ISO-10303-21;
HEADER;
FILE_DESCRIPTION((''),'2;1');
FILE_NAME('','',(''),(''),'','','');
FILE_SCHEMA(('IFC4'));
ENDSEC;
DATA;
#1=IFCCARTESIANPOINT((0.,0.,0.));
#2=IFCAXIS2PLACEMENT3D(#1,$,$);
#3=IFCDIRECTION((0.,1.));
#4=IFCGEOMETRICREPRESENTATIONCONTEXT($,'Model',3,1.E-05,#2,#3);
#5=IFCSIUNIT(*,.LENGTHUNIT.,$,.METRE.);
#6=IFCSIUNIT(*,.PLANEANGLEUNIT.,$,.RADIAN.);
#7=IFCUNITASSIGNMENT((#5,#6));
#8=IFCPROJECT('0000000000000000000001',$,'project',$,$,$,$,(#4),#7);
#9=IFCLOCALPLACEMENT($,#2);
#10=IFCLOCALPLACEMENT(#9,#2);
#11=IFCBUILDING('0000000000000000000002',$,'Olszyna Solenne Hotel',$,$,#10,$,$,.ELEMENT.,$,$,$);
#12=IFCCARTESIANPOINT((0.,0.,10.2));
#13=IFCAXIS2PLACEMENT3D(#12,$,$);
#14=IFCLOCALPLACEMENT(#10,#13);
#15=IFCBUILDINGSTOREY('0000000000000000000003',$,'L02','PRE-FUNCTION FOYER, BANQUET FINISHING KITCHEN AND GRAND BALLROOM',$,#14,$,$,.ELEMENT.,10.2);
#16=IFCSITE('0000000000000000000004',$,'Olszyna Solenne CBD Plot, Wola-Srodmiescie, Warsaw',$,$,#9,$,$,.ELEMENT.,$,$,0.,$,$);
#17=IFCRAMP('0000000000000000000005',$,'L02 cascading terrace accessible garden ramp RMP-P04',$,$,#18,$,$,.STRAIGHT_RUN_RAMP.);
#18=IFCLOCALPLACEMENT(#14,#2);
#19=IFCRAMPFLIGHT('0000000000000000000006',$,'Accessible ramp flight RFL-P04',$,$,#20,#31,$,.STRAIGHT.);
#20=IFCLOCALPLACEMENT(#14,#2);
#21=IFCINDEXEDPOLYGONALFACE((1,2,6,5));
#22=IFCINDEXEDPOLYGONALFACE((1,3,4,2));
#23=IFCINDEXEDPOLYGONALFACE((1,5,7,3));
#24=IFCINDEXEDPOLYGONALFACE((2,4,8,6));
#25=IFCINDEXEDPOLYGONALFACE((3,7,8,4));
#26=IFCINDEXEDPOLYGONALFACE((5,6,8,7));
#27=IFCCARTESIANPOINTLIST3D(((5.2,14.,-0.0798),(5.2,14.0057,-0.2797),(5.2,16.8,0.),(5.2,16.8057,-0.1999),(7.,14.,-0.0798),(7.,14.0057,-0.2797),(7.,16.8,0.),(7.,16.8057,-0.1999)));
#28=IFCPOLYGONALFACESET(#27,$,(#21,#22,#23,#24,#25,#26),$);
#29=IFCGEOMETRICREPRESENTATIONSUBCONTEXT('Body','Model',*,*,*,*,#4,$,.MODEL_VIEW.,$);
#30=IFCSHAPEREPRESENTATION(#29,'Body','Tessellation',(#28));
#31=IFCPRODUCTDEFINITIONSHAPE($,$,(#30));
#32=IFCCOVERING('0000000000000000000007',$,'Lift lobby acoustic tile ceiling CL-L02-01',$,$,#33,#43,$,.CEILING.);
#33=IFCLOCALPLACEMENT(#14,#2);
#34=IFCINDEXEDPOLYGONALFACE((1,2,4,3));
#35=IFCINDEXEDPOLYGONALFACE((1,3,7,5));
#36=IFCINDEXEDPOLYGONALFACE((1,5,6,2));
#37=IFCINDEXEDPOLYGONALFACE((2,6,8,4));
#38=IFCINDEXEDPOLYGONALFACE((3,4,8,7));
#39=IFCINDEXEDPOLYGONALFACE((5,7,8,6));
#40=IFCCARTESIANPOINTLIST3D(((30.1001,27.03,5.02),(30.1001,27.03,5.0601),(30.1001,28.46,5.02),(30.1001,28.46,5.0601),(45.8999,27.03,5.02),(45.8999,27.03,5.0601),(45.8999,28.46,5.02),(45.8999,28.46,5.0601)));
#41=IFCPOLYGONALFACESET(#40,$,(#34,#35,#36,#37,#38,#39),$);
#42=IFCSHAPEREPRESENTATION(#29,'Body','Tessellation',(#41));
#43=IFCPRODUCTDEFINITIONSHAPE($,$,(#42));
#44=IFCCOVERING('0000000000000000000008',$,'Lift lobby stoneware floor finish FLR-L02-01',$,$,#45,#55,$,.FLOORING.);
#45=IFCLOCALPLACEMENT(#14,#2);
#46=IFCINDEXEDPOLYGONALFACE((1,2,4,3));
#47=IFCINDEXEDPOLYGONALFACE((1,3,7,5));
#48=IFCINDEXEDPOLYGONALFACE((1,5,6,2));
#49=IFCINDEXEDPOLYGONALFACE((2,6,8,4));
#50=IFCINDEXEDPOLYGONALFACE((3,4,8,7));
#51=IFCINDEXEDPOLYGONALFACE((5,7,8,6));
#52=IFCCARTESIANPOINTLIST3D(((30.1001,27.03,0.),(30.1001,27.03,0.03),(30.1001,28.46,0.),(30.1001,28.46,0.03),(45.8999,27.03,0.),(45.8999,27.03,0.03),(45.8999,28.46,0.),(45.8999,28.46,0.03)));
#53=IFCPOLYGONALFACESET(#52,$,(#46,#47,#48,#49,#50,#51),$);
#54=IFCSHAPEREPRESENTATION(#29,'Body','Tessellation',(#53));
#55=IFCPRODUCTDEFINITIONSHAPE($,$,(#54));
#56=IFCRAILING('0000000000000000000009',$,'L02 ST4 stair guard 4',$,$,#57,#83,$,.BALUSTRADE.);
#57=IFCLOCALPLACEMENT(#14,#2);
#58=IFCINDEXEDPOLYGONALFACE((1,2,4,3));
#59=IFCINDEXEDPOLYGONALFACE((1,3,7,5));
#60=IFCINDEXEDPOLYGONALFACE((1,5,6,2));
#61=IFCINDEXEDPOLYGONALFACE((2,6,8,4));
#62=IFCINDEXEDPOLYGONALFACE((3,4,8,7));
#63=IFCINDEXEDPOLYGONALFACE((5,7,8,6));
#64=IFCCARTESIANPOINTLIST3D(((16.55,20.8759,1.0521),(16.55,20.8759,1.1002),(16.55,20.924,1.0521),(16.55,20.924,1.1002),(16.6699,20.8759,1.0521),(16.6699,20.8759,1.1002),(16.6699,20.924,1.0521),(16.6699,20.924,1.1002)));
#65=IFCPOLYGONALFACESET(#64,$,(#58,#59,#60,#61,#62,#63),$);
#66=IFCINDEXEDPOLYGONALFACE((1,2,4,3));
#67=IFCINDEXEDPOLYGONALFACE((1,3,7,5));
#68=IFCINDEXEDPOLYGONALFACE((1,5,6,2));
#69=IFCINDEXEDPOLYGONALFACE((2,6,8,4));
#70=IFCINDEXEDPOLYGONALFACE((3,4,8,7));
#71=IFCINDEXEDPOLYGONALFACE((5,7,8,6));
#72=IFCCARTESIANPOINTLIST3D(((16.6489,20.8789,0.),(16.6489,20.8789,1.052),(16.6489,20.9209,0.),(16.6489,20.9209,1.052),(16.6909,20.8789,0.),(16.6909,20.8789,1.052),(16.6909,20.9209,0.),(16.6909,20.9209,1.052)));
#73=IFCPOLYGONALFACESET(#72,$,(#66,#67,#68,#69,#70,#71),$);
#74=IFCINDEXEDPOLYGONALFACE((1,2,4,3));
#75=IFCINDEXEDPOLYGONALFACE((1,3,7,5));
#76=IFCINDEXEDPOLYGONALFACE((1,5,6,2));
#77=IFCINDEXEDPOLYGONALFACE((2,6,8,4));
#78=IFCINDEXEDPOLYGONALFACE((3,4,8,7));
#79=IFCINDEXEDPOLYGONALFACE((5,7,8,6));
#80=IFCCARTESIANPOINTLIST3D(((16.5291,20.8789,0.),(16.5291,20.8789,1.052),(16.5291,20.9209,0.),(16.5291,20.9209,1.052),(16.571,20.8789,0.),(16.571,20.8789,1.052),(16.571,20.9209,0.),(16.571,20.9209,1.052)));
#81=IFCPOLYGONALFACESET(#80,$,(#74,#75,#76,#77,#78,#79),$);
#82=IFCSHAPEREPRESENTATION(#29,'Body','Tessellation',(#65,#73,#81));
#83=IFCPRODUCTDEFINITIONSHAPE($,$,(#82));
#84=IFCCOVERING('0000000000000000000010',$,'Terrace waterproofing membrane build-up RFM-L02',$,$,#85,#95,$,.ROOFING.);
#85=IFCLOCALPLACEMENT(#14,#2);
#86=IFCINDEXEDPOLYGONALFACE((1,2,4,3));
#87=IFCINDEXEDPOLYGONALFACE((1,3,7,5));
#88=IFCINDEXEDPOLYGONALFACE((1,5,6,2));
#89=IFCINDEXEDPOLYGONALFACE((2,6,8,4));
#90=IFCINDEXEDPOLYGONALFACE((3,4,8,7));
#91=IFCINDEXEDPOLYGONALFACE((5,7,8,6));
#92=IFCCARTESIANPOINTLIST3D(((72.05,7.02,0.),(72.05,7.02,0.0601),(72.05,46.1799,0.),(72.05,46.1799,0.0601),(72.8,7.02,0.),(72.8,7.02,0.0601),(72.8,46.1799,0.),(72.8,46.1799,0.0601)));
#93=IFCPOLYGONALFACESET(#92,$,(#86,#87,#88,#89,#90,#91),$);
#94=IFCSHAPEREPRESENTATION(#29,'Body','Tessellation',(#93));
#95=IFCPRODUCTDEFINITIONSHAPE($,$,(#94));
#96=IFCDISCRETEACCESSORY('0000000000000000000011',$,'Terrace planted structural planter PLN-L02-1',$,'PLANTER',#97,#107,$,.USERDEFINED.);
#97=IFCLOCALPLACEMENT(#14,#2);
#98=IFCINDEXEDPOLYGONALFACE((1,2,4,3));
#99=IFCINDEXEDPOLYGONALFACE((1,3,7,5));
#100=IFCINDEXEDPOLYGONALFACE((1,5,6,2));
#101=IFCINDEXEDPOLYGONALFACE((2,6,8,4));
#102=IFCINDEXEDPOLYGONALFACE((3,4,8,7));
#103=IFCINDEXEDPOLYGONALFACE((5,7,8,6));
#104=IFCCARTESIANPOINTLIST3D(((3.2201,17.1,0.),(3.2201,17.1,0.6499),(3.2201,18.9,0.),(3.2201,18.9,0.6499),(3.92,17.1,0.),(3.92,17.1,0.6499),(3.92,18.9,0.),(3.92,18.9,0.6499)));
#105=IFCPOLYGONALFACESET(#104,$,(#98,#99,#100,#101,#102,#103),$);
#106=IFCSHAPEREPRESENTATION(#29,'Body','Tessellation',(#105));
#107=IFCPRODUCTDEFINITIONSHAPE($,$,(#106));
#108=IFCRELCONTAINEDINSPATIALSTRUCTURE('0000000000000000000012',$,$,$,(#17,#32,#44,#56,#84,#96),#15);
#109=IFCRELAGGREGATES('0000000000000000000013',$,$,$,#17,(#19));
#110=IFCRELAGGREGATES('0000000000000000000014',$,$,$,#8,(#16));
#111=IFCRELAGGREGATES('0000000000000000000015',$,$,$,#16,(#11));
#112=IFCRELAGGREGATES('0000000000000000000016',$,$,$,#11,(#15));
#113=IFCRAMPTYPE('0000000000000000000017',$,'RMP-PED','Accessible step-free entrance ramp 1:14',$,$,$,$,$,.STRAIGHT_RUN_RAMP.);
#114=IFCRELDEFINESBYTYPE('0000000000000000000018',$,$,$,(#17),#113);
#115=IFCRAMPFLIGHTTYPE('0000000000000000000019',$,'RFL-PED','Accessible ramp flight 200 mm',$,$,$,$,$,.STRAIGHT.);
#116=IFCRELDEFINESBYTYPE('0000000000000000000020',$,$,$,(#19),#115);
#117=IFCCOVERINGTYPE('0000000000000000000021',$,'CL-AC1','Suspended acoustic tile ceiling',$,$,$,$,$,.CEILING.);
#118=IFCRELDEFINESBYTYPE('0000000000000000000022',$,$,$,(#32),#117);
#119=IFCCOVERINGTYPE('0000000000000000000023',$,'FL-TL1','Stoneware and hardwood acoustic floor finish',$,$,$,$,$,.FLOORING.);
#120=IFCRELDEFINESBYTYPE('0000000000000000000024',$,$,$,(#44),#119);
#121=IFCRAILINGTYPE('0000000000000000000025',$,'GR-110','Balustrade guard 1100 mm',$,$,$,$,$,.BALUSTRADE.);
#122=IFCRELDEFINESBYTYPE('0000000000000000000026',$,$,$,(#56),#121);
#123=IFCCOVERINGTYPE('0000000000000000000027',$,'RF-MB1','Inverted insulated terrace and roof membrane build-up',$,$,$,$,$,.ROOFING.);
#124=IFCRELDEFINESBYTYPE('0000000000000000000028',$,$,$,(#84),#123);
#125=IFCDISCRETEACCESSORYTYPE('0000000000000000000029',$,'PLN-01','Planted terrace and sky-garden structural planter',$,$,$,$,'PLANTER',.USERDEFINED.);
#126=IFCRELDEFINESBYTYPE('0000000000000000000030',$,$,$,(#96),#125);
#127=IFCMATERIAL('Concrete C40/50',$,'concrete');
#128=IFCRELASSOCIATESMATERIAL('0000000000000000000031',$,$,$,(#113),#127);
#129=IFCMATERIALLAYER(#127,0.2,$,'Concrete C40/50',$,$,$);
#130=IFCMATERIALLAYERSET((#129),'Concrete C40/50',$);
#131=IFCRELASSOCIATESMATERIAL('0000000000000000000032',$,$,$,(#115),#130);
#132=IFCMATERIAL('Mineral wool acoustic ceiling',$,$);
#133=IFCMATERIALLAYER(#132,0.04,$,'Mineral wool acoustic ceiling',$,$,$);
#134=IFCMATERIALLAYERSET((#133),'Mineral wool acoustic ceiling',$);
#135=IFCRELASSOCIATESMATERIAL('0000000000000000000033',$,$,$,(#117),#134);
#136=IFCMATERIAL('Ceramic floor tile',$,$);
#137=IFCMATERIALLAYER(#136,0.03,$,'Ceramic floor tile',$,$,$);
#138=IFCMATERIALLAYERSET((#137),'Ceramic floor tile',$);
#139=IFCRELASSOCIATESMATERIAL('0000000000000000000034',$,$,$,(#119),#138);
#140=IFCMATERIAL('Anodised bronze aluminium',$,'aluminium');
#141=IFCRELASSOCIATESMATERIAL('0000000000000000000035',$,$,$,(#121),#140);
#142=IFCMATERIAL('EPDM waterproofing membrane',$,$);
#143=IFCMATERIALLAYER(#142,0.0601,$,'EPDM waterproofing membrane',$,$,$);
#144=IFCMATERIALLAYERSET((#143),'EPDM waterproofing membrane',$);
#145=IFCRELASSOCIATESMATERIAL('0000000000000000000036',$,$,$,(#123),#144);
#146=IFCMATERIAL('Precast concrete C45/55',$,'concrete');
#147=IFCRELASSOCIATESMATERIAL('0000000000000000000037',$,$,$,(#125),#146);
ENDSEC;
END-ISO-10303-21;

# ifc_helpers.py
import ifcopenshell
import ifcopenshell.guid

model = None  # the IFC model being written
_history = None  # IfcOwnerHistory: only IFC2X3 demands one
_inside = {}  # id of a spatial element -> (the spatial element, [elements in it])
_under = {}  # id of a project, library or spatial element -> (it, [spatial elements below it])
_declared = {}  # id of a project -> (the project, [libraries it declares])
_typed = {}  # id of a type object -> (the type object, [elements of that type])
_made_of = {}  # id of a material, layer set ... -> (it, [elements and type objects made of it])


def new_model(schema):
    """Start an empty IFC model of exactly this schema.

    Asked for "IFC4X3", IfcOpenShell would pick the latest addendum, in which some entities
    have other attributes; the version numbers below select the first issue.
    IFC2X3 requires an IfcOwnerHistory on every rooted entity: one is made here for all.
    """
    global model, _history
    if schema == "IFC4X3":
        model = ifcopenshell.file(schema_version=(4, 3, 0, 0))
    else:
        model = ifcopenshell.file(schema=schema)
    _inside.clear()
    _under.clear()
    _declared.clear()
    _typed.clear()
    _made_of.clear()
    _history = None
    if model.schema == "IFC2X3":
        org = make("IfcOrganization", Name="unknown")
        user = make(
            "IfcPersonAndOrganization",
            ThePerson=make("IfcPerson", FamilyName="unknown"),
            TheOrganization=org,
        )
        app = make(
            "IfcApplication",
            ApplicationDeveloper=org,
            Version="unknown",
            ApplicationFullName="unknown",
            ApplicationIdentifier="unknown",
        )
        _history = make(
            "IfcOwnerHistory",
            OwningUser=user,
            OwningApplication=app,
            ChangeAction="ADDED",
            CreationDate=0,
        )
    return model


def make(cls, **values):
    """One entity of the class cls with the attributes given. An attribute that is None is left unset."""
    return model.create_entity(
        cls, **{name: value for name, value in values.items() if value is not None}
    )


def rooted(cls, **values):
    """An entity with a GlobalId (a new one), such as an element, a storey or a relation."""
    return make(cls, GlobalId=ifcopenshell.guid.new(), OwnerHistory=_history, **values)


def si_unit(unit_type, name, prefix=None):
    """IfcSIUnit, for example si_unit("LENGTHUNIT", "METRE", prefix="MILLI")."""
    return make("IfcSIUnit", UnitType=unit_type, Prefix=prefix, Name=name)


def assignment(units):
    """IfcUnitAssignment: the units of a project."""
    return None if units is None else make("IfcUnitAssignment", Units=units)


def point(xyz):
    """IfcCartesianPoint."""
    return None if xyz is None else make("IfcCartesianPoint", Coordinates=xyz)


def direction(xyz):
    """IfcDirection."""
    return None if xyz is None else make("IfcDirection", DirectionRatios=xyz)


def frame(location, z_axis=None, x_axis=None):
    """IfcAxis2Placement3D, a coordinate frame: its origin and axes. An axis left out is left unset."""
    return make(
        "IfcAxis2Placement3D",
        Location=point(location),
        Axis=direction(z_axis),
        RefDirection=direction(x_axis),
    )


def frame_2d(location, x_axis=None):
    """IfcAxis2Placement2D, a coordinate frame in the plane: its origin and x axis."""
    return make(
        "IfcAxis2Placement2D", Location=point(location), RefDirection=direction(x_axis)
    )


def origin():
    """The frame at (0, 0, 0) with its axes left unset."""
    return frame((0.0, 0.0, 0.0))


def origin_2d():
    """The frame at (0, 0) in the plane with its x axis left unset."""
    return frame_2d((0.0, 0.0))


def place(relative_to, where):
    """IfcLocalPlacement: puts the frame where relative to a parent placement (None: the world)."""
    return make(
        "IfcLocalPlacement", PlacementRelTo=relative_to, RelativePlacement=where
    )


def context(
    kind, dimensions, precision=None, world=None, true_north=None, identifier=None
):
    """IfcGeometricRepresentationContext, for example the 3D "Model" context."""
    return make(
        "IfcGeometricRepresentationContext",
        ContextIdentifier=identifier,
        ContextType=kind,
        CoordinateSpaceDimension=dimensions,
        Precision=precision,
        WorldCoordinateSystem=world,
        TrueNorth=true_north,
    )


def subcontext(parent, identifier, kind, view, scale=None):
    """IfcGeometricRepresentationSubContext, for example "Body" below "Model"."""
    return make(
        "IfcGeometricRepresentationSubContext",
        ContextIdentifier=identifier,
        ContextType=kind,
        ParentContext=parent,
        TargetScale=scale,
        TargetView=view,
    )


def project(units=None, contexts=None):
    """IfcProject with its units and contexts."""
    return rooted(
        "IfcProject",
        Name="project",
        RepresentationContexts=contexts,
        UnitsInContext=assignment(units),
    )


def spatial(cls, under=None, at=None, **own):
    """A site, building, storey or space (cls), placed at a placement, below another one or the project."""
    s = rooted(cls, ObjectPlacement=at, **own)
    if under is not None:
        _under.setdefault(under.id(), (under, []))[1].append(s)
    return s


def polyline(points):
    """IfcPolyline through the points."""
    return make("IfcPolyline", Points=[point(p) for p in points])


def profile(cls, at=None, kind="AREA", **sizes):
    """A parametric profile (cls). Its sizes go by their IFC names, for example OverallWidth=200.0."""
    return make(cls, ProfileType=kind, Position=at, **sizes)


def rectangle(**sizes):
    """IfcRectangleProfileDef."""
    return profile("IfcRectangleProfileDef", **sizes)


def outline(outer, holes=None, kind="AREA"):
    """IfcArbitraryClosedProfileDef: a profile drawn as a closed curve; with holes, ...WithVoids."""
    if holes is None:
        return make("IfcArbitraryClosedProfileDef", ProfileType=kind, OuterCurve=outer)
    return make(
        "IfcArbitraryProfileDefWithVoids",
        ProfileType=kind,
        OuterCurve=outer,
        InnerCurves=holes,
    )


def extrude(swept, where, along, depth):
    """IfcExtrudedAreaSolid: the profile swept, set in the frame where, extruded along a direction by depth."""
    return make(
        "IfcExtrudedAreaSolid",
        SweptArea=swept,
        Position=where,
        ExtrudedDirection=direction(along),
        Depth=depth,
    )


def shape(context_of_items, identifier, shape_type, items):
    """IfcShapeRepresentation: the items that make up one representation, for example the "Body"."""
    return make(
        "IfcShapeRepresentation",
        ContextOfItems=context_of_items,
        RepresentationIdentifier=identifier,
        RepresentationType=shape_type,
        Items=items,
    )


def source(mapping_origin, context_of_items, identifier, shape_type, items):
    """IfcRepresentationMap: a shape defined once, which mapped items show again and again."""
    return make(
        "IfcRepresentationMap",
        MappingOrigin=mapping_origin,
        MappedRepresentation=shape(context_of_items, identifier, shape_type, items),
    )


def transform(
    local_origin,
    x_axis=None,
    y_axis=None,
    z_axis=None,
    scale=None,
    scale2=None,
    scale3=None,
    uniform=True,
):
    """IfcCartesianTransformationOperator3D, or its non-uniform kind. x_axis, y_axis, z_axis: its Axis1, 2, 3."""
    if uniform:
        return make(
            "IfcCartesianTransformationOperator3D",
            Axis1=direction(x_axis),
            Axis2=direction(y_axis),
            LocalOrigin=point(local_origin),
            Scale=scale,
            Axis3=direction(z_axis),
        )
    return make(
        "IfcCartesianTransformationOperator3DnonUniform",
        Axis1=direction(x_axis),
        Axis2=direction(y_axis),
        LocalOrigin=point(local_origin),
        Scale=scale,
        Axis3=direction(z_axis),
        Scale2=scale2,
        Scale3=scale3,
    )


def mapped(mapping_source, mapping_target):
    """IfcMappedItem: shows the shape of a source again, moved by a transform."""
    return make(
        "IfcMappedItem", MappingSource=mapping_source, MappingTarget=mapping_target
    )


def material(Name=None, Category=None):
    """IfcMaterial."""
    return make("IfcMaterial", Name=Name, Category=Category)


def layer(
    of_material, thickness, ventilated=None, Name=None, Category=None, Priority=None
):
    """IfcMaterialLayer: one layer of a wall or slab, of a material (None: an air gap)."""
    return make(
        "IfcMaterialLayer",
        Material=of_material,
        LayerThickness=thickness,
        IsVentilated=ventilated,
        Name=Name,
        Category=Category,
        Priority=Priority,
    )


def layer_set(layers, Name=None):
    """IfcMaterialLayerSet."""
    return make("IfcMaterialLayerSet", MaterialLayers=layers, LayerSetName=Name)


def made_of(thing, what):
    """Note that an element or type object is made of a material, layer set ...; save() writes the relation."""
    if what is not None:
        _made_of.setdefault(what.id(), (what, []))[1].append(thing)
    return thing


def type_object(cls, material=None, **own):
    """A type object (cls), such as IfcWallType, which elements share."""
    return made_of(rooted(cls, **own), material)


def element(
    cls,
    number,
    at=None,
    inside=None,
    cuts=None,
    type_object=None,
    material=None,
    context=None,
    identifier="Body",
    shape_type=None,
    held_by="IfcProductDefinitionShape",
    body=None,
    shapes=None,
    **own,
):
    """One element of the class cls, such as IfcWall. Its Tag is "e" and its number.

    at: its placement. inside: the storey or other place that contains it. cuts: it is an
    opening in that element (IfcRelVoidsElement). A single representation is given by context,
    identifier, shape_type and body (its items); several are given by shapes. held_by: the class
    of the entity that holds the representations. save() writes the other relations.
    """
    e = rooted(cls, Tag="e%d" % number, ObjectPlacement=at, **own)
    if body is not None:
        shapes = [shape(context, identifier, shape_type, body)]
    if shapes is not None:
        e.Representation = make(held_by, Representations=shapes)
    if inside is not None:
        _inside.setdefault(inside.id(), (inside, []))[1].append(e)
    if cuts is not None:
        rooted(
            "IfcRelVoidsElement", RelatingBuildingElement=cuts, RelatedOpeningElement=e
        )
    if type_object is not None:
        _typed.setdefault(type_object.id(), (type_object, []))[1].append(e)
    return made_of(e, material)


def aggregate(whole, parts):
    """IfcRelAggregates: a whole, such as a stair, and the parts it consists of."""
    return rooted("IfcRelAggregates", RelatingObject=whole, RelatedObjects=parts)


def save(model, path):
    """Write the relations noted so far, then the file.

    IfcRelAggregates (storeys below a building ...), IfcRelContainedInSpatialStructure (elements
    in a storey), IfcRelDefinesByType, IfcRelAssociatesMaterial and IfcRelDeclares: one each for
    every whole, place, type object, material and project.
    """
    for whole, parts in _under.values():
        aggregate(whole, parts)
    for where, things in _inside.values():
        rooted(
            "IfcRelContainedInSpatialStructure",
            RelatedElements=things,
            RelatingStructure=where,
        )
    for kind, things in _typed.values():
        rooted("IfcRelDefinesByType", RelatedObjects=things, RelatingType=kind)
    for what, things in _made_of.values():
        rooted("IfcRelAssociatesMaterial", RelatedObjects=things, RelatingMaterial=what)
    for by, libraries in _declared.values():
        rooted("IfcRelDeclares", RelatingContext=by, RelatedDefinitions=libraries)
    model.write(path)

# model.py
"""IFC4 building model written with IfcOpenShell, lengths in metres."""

from ifc_helpers import new_model, si_unit, direction, frame, origin, origin_2d, place, context, subcontext, project, spatial, polyline, rectangle, outline, extrude, source, transform, mapped, material, layer, layer_set, type_object, element, aggregate, save


model = new_model("IFC4")

# Units and contexts
model_context = context("Model", 3, precision=1e-05, world=origin(), true_north=direction((0.0, 1.0)))
body_context = subcontext(model_context, "Body", "Model", "MODEL_VIEW")
ifc_project = project(units=[si_unit("LENGTHUNIT", "METRE"), si_unit("PLANEANGLEUNIT", "RADIAN")], contexts=[model_context])

# Site, building, storey
site_placement = place(None, origin())
site = spatial("IfcSite", under=ifc_project, at=site_placement, Name="Olszyna Solenne CBD Plot, Wola-Srodmiescie, Warsaw", CompositionType="ELEMENT", RefElevation=0.0)
building_placement = place(site_placement, origin())
building = spatial("IfcBuilding", under=site, at=building_placement, Name="Olszyna Solenne Hotel", CompositionType="ELEMENT")
storey_placement = place(building_placement, frame((0.0, 0.0, 10.2)))
storey = spatial("IfcBuildingStorey", under=building, at=storey_placement, Name="L02", Description="PRE-FUNCTION FOYER, BANQUET FINISHING KITCHEN AND GRAND BALLROOM", CompositionType="ELEMENT", Elevation=10.2)

# Shared definitions
ifc_material_1 = material(Name="Concrete C40/50", Category="concrete")

# Shared definitions
ifc_material_2 = material(Name="Anodised bronze aluminium", Category="aluminium")

# Ramp, ramp flight
ramp_type = type_object("IfcRampType", Name="RMP-PED", Description="Accessible step-free entrance ramp 1:14", PredefinedType="STRAIGHT_RUN_RAMP", material=ifc_material_1)
ramp_placement = place(storey_placement, origin())
ramp = element("IfcRamp", 1, at=ramp_placement, inside=storey, type_object=ramp_type, Name="L02 cascading terrace accessible garden ramp RMP-P04", PredefinedType="STRAIGHT_RUN_RAMP")
ifc_layer_1 = layer(ifc_material_1, 0.2, Name="Concrete C40/50")
ifc_layer_set_1 = layer_set([ifc_layer_1], Name="Concrete C40/50")
ramp_flight_type = type_object("IfcRampFlightType", Name="RFL-PED", Description="Accessible ramp flight 200 mm", PredefinedType="STRAIGHT", material=ifc_layer_set_1)
ramp_flight_placement = place(storey_placement, frame((5.2, 14.0, -0.0798), z_axis=(0.0, -0.0285, 0.999594), x_axis=(1.0, 0.0, 0.0)))
ramp_flight = element("IfcRampFlight", 2, at=ramp_flight_placement, type_object=ramp_flight_type, Name="Accessible ramp flight RFL-P04", PredefinedType="STRAIGHT", context=body_context, shape_type="SweptSolid", body=[
    extrude(outline(polyline([(0.0, 0.0), (1.8, 0.0), (1.8, 2.8012), (0.0, 2.8012), (0.0, 0.0)])), origin(), (0.0, 0.0, -1.0), 0.2),
])
aggregate(ramp, [ramp_flight])

# Coverings
ifc_material_3 = material(Name="Mineral wool acoustic ceiling")
ifc_layer_2 = layer(ifc_material_3, 0.04, Name="Mineral wool acoustic ceiling")
ifc_layer_set_2 = layer_set([ifc_layer_2], Name="Mineral wool acoustic ceiling")
covering_type_1 = type_object("IfcCoveringType", Name="CL-AC1", Description="Suspended acoustic tile ceiling", PredefinedType="CEILING", material=ifc_layer_set_2)
covering_1_placement = place(storey_placement, frame((0.0, 0.0, 5.02)))
element("IfcCovering", 3, at=covering_1_placement, inside=storey, type_object=covering_type_1, Name="Lift lobby acoustic tile ceiling CL-L02-01", PredefinedType="CEILING", context=body_context, shape_type="SweptSolid", body=[
    extrude(outline(polyline([(30.1001, 27.03), (45.8999, 27.03), (45.8999, 28.46), (30.1001, 28.46), (30.1001, 27.03)])), origin(), (0.0, 0.0, 1.0), 0.04),
])
ifc_material_4 = material(Name="Ceramic floor tile")
ifc_layer_3 = layer(ifc_material_4, 0.03, Name="Ceramic floor tile")
ifc_layer_set_3 = layer_set([ifc_layer_3], Name="Ceramic floor tile")
covering_type_2 = type_object("IfcCoveringType", Name="FL-TL1", Description="Stoneware and hardwood acoustic floor finish", PredefinedType="FLOORING", material=ifc_layer_set_3)
covering_2_placement = place(storey_placement, origin())
element("IfcCovering", 4, at=covering_2_placement, inside=storey, type_object=covering_type_2, Name="Lift lobby stoneware floor finish FLR-L02-01", PredefinedType="FLOORING", context=body_context, shape_type="SweptSolid", body=[
    extrude(outline(polyline([(30.1001, 27.03), (45.8999, 27.03), (45.8999, 28.46), (30.1001, 28.46), (30.1001, 27.03)])), origin(), (0.0, 0.0, 1.0), 0.03),
])

# Railing
railing_type = type_object("IfcRailingType", Name="GR-110", Description="Balustrade guard 1100 mm", PredefinedType="BALUSTRADE", material=ifc_material_2)
railing_placement = place(storey_placement, frame((16.6699, 20.8999, 0.0)))
element("IfcRailing", 5, at=railing_placement, inside=storey, type_object=railing_type, Name="L02 ST4 stair guard 4", PredefinedType="BALUSTRADE", context=body_context, shape_type="SweptSolid", body=[
    extrude(rectangle(XDim=0.0481, YDim=0.0481, at=origin_2d()), frame((0.0, 0.0, 1.0762), z_axis=(-1.0, 0.0, 0.0), x_axis=(0.0, -1.0, 0.0)), (0.0, 0.0, 1.0), 0.1199),
    extrude(rectangle(XDim=0.042, YDim=0.042, at=origin_2d()), origin(), (0.0, 0.0, 1.0), 1.052),
    extrude(rectangle(XDim=0.042, YDim=0.042, at=origin_2d()), frame((-0.1199, 0.0, 0.0)), (0.0, 0.0, 1.0), 1.052),
])

# Covering
ifc_material_5 = material(Name="EPDM waterproofing membrane")
ifc_layer_4 = layer(ifc_material_5, 0.0601, Name="EPDM waterproofing membrane")
ifc_layer_set_4 = layer_set([ifc_layer_4], Name="EPDM waterproofing membrane")
covering_type_3 = type_object("IfcCoveringType", Name="RF-MB1", Description="Inverted insulated terrace and roof membrane build-up", PredefinedType="ROOFING", material=ifc_layer_set_4)
covering_3_placement = place(storey_placement, origin())
element("IfcCovering", 6, at=covering_3_placement, inside=storey, type_object=covering_type_3, Name="Terrace waterproofing membrane build-up RFM-L02", PredefinedType="ROOFING", context=body_context, shape_type="SweptSolid", body=[
    extrude(outline(polyline([(72.05, 7.02), (72.8, 7.02), (72.8, 46.1799), (72.05, 46.1799), (72.05, 7.02)])), origin(), (0.0, 0.0, 1.0), 0.0601),
])

# Discrete accessory
ifc_material_6 = material(Name="Precast concrete C45/55", Category="concrete")
discrete_accessory_type = type_object("IfcDiscreteAccessoryType", Name="PLN-01", Description="Planted terrace and sky-garden structural planter", ElementType="PLANTER", PredefinedType="USERDEFINED", material=ifc_material_6)
shared_shape_1 = source(origin(), body_context, "Body", "SweptSolid", [
    extrude(rectangle(XDim=1.8, YDim=0.7, at=origin_2d()), origin(), (0.0, 0.0, 1.0), 0.6499),
])
discrete_accessory_placement = place(storey_placement, frame((3.5701, 18.0, 0.0), z_axis=(0.0, 0.0, 1.0), x_axis=(0.0, 1.0, 0.0)))
element("IfcDiscreteAccessory", 7, at=discrete_accessory_placement, inside=storey, type_object=discrete_accessory_type, Name="Terrace planted structural planter PLN-L02-1", ObjectType="PLANTER", PredefinedType="USERDEFINED", context=body_context, shape_type="MappedRepresentation", body=[
    mapped(shared_shape_1, transform((0.0, 0.0, 0.0), x_axis=(1.0, 0.0, 0.0), y_axis=(0.0, 1.0, 0.0), z_axis=(0.0, 0.0, 1.0), scale=1.0)),
])

save(model, "model.ifc")
